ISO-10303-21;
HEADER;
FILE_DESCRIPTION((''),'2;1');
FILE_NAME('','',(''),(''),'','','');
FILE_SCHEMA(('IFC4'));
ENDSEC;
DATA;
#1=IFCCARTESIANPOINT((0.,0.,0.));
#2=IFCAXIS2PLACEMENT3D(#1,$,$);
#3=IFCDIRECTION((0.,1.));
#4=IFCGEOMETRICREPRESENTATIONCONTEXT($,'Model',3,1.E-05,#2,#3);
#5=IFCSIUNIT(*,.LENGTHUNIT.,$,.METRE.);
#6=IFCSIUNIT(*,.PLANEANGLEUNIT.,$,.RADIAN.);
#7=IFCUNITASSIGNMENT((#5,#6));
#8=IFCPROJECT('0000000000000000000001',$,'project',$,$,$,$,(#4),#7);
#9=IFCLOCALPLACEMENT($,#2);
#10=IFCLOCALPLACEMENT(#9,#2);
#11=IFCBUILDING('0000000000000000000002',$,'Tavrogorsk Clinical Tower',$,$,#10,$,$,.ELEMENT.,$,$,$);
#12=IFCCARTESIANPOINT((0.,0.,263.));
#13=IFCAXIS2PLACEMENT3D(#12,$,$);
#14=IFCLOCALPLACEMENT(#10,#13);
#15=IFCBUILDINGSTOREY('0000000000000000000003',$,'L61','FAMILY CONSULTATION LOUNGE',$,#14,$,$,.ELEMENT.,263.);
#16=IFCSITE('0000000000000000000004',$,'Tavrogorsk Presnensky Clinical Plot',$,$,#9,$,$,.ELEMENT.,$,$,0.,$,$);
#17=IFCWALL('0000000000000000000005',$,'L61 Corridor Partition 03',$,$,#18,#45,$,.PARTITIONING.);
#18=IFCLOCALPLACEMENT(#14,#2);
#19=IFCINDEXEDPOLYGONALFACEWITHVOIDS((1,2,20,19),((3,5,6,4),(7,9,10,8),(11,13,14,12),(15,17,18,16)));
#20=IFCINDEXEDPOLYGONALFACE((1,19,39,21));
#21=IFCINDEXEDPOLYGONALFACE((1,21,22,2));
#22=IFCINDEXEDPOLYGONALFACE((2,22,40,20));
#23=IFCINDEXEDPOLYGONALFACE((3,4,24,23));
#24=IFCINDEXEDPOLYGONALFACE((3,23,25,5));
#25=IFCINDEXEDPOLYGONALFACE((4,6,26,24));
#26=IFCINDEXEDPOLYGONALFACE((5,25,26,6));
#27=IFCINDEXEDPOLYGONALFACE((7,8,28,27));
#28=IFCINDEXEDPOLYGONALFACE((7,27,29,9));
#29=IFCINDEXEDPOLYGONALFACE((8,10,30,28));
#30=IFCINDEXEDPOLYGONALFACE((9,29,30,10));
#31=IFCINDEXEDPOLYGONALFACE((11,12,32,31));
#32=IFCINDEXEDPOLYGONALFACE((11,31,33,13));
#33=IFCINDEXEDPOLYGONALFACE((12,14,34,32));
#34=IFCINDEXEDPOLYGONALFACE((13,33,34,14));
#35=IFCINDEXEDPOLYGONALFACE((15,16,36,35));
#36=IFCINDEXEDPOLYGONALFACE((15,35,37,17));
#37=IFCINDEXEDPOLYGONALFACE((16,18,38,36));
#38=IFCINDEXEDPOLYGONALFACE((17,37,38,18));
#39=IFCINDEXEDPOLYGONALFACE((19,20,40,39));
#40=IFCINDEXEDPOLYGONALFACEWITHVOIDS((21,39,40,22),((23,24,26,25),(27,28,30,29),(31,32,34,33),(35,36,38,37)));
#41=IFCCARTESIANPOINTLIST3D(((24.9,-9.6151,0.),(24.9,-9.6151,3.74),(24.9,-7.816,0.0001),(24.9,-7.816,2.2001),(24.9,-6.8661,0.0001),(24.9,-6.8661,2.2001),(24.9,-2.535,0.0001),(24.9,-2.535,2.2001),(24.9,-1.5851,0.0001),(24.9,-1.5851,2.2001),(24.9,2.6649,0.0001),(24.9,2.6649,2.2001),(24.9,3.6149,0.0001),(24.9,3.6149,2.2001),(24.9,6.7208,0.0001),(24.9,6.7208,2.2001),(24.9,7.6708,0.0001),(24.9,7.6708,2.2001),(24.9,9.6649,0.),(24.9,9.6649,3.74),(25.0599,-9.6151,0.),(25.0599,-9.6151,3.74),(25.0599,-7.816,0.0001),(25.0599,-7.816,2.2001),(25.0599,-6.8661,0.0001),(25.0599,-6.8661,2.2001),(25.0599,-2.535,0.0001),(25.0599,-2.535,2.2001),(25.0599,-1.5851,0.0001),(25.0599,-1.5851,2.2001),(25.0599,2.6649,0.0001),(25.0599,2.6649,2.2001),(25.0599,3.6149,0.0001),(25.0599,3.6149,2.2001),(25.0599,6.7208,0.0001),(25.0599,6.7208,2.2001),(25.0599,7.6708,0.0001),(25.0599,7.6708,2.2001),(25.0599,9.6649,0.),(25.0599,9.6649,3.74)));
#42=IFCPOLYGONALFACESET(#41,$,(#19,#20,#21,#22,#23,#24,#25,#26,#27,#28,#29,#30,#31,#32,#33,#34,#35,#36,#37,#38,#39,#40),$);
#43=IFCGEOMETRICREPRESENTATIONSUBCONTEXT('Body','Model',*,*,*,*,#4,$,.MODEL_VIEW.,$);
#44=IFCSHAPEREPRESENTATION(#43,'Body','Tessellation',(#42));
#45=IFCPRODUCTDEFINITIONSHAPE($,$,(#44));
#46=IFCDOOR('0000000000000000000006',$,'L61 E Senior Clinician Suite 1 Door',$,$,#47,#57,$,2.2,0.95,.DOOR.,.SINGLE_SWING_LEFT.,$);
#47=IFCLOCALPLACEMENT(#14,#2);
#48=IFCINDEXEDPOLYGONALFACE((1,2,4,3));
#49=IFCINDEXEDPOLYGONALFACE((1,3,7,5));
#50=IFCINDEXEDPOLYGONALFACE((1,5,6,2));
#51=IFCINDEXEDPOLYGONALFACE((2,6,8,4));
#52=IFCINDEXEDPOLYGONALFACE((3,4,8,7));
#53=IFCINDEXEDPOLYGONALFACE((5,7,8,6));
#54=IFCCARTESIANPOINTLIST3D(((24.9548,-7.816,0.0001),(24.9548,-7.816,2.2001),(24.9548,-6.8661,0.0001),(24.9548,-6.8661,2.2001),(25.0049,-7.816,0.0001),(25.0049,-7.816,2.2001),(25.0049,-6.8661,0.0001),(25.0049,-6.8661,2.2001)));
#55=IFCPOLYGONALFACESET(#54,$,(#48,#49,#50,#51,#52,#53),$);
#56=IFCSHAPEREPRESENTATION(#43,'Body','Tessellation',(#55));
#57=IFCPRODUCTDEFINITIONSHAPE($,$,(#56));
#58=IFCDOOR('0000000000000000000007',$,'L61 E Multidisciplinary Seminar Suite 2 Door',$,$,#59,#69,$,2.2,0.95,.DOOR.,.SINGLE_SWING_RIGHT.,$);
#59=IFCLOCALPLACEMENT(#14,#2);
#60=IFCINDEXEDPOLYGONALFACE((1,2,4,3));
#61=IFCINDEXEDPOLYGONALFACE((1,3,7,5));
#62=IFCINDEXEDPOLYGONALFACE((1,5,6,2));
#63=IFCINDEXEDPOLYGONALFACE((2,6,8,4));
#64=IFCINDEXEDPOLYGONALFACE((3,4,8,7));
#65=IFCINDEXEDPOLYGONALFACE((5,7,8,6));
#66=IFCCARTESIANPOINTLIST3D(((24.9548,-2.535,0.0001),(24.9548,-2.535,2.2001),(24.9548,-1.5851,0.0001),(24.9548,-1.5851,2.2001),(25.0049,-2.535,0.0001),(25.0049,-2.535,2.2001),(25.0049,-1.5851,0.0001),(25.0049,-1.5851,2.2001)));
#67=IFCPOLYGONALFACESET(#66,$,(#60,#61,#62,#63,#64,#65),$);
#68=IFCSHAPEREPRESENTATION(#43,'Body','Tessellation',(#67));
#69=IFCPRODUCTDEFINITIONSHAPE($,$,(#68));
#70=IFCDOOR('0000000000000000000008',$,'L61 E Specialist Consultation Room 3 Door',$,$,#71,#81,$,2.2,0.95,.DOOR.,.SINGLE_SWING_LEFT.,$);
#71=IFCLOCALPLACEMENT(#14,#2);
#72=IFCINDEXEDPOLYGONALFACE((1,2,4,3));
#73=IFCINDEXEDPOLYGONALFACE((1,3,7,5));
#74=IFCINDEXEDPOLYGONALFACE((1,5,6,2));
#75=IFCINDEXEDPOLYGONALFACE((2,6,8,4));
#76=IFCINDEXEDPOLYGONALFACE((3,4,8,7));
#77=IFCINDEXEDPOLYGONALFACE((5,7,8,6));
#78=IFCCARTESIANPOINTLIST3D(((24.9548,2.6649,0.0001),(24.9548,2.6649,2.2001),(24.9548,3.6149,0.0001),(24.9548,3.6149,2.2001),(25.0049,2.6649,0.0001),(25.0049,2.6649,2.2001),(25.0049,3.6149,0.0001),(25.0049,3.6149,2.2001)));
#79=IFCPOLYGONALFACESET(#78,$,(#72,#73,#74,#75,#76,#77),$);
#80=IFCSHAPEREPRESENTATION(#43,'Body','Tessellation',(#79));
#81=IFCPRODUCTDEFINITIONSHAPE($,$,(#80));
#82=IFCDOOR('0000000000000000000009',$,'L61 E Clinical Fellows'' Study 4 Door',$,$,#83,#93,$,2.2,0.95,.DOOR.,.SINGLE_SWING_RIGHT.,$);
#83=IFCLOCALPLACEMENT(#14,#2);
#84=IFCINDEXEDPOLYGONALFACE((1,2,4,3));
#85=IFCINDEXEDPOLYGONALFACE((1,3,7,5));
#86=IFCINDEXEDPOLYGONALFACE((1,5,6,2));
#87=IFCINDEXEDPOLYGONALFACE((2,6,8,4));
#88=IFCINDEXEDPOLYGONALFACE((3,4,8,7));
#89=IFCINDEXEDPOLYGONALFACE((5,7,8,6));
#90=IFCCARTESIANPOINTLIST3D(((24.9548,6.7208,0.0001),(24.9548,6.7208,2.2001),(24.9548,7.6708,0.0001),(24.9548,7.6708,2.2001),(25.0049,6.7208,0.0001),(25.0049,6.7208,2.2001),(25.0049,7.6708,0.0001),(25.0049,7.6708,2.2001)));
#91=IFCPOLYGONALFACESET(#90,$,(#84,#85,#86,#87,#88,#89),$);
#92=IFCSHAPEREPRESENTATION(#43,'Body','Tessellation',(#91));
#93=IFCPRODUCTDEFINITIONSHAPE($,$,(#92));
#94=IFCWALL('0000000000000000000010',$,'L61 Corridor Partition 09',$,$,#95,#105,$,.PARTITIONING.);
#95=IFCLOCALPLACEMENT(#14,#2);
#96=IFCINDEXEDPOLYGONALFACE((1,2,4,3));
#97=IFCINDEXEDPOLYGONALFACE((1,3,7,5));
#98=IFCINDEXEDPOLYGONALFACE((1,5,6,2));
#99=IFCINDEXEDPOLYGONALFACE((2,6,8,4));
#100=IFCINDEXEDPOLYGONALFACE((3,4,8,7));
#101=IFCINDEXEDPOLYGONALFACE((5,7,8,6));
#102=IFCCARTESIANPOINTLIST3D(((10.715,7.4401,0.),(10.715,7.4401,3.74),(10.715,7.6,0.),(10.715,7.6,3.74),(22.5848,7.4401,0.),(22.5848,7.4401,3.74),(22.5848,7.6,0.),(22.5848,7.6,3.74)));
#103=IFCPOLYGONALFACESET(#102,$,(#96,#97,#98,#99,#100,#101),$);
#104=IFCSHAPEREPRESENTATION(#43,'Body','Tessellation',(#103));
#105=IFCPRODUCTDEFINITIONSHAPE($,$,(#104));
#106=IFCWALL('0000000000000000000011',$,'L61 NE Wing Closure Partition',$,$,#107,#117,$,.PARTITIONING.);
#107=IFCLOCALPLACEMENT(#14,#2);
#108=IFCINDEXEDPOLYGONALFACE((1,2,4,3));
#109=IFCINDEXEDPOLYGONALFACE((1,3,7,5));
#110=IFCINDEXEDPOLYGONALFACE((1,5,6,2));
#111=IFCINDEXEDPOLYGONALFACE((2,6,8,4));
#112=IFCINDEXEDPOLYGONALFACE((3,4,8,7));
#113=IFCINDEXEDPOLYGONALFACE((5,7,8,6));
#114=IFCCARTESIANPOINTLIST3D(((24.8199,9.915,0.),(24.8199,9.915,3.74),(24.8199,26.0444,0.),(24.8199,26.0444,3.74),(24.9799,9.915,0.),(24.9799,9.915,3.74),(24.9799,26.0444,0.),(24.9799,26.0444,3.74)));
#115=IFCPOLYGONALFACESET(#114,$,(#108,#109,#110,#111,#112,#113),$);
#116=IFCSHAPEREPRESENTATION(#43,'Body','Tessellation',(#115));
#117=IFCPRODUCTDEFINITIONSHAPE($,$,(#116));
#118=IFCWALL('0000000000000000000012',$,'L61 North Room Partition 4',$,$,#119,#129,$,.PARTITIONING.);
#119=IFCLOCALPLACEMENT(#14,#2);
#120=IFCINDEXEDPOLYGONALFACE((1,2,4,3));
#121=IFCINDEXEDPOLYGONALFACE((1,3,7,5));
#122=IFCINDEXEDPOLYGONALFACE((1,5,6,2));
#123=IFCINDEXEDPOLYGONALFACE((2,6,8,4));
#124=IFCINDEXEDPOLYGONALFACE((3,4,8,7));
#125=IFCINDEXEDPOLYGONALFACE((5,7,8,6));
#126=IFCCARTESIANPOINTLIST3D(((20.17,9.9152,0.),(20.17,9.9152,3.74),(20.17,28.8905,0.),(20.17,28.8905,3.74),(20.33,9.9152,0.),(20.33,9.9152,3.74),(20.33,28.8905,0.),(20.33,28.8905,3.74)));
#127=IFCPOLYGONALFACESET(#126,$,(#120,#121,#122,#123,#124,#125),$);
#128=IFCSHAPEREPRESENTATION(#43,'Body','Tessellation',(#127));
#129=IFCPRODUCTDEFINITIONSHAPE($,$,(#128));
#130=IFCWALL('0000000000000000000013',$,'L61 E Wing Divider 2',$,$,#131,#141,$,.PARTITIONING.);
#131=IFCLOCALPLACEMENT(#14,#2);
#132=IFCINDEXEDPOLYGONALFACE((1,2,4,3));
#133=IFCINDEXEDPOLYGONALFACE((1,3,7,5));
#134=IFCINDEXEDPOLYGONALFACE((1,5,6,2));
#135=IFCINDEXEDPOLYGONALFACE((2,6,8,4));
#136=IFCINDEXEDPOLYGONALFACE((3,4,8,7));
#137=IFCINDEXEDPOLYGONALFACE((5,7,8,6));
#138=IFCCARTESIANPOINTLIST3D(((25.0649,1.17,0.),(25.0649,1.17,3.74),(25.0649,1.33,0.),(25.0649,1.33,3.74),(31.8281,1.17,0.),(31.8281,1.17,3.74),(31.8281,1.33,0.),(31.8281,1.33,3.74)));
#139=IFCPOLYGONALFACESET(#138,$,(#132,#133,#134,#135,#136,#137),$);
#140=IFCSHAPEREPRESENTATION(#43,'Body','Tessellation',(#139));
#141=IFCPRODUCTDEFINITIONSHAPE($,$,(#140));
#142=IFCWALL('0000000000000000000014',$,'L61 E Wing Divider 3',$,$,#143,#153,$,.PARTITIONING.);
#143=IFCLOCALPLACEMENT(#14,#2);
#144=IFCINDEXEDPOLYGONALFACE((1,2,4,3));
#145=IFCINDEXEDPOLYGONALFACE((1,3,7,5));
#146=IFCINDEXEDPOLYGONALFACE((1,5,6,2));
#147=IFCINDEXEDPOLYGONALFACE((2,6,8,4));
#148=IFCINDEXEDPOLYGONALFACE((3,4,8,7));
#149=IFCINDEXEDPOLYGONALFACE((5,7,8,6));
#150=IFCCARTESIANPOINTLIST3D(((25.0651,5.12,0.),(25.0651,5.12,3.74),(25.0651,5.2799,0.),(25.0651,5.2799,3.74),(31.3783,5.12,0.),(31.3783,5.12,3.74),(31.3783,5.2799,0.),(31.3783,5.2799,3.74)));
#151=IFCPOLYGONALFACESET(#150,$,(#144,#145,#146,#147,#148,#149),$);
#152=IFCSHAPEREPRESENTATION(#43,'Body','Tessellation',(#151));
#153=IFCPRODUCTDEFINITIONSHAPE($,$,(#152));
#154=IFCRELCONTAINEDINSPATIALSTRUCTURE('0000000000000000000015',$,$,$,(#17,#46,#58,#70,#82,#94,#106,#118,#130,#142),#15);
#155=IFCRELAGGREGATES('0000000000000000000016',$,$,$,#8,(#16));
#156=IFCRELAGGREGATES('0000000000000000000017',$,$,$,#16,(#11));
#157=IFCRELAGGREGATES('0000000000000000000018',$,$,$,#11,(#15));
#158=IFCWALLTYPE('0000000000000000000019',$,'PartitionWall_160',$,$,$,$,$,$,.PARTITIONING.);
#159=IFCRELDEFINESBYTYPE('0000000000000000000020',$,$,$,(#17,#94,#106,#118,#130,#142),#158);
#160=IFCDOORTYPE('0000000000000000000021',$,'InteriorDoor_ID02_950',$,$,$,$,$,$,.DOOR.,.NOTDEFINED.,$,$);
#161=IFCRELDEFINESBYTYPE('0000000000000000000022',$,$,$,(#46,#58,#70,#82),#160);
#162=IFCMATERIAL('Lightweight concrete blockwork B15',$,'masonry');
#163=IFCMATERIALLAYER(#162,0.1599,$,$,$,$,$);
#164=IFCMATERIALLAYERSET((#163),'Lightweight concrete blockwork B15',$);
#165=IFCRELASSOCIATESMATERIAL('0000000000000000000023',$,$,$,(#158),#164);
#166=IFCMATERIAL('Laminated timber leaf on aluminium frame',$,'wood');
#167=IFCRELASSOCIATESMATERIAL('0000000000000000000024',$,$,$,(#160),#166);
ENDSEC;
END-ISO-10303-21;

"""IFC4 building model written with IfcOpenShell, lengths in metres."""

from ifc_helpers import new_model, si_unit, direction, frame, frame_2d, origin, place, context, subcontext, project, spatial, rectangle, extrude, material, layer, layer_set, type_object, element, fill, save


model = new_model("IFC4")

# Units and contexts
model_context = context("Model", 3, precision=1e-05, world=origin(), true_north=direction((0.0, 1.0)))
body_context = subcontext(model_context, "Body", "Model", "MODEL_VIEW")
ifc_project = project(units=[si_unit("LENGTHUNIT", "METRE"), si_unit("PLANEANGLEUNIT", "RADIAN")], contexts=[model_context])

# Site, building, storey
site_placement = place(None, origin())
site = spatial("IfcSite", under=ifc_project, at=site_placement, Name="Tavrogorsk Presnensky Clinical Plot", CompositionType="ELEMENT", RefElevation=0.0)
building_placement = place(site_placement, origin())
building = spatial("IfcBuilding", under=site, at=building_placement, Name="Tavrogorsk Clinical Tower", CompositionType="ELEMENT")
storey_placement = place(building_placement, frame((0.0, 0.0, 263.0)))
storey = spatial("IfcBuildingStorey", under=building, at=storey_placement, Name="L61", Description="FAMILY CONSULTATION LOUNGE", CompositionType="ELEMENT", Elevation=263.0)

# Wall, openings, doors
ifc_material_1 = material(Name="Lightweight concrete blockwork B15", Category="masonry")
ifc_layer_1 = layer(ifc_material_1, 0.1599)
ifc_layer_set_1 = layer_set([ifc_layer_1], Name="Lightweight concrete blockwork B15")
wall_type_1 = type_object("IfcWallType", Name="PartitionWall_160", PredefinedType="PARTITIONING", material=ifc_layer_set_1)
wall_1_placement = place(storey_placement, frame((24.98, 9.665, 0.0), z_axis=(0.0, 0.0, 1.0), x_axis=(0.0, -1.0, 0.0)))
wall_1 = element("IfcWall", 1, at=wall_1_placement, inside=storey, type_object=wall_type_1, Name="L61 Corridor Partition 03", PredefinedType="PARTITIONING", context=body_context, shape_type="SweptSolid", body=[
    extrude(rectangle(XDim=19.28, YDim=0.1599, at=frame_2d((9.6401, 0.0))), origin(), (0.0, 0.0, 1.0), 3.74),
])
opening_1_placement = place(wall_1_placement, frame((16.531, 0.0, 0.0)))
opening_1 = element("IfcOpeningElement", 2, at=opening_1_placement, cuts=wall_1, PredefinedType="OPENING", context=body_context, shape_type="SweptSolid", body=[
    extrude(rectangle(XDim=0.95, YDim=2.2, at=frame_2d((0.4751, 1.1001))), frame((0.0, 0.0898, 0.0), z_axis=(0.0, -1.0, 0.0), x_axis=(1.0, 0.0, 0.0)), (0.0, 0.0, 1.0), 0.1799),
])
opening_2_placement = place(wall_1_placement, frame((11.25, 0.0, 0.0)))
opening_2 = element("IfcOpeningElement", 3, at=opening_2_placement, cuts=wall_1, PredefinedType="OPENING", context=body_context, shape_type="SweptSolid", body=[
    extrude(rectangle(XDim=0.95, YDim=2.2, at=frame_2d((0.4751, 1.1001))), frame((0.0, 0.0898, 0.0), z_axis=(0.0, -1.0, 0.0), x_axis=(1.0, 0.0, 0.0)), (0.0, 0.0, 1.0), 0.1799),
])
opening_3_placement = place(wall_1_placement, frame((6.05, 0.0, 0.0)))
opening_3 = element("IfcOpeningElement", 4, at=opening_3_placement, cuts=wall_1, PredefinedType="OPENING", context=body_context, shape_type="SweptSolid", body=[
    extrude(rectangle(XDim=0.95, YDim=2.2, at=frame_2d((0.4751, 1.1001))), frame((0.0, 0.0898, 0.0), z_axis=(0.0, -1.0, 0.0), x_axis=(1.0, 0.0, 0.0)), (0.0, 0.0, 1.0), 0.1799),
])
opening_4_placement = place(wall_1_placement, frame((1.9941, 0.0, 0.0)))
opening_4 = element("IfcOpeningElement", 5, at=opening_4_placement, cuts=wall_1, PredefinedType="OPENING", context=body_context, shape_type="SweptSolid", body=[
    extrude(rectangle(XDim=0.95, YDim=2.2, at=frame_2d((0.4751, 1.1001))), frame((0.0, 0.0898, 0.0), z_axis=(0.0, -1.0, 0.0), x_axis=(1.0, 0.0, 0.0)), (0.0, 0.0, 1.0), 0.1799),
])
ifc_material_2 = material(Name="Laminated timber leaf on aluminium frame", Category="wood")
door_type_1 = type_object("IfcDoorType", Name="InteriorDoor_ID02_950", OperationType="NOTDEFINED", PredefinedType="DOOR", material=ifc_material_2)
door_1_placement = place(opening_1_placement, origin())
door_1 = element("IfcDoor", 6, at=door_1_placement, inside=storey, type_object=door_type_1, Name="L61 E Senior Clinician Suite 1 Door", OperationType="SINGLE_SWING_LEFT", OverallHeight=2.2, OverallWidth=0.95, PredefinedType="DOOR", context=body_context, shape_type="SweptSolid", body=[
    extrude(rectangle(XDim=0.95, YDim=2.2, at=frame_2d((0.4751, 1.1001))), frame((0.0, 0.0249, 0.0), z_axis=(0.0, -1.0, 0.0), x_axis=(1.0, 0.0, 0.0)), (0.0, 0.0, 1.0), 0.05),
])
fill(opening_1, door_1)
door_2_placement = place(opening_2_placement, origin())
door_2 = element("IfcDoor", 7, at=door_2_placement, inside=storey, type_object=door_type_1, Name="L61 E Multidisciplinary Seminar Suite 2 Door", OperationType="SINGLE_SWING_RIGHT", OverallHeight=2.2, OverallWidth=0.95, PredefinedType="DOOR", context=body_context, shape_type="SweptSolid", body=[
    extrude(rectangle(XDim=0.95, YDim=2.2, at=frame_2d((0.4751, 1.1001))), frame((0.0, 0.0249, 0.0), z_axis=(0.0, -1.0, 0.0), x_axis=(1.0, 0.0, 0.0)), (0.0, 0.0, 1.0), 0.05),
])
fill(opening_2, door_2)
door_3_placement = place(opening_3_placement, origin())
door_3 = element("IfcDoor", 8, at=door_3_placement, inside=storey, type_object=door_type_1, Name="L61 E Specialist Consultation Room 3 Door", OperationType="SINGLE_SWING_LEFT", OverallHeight=2.2, OverallWidth=0.95, PredefinedType="DOOR", context=body_context, shape_type="SweptSolid", body=[
    extrude(rectangle(XDim=0.95, YDim=2.2, at=frame_2d((0.4751, 1.1001))), frame((0.0, 0.0249, 0.0), z_axis=(0.0, -1.0, 0.0), x_axis=(1.0, 0.0, 0.0)), (0.0, 0.0, 1.0), 0.05),
])
fill(opening_3, door_3)
door_4_placement = place(opening_4_placement, origin())
door_4 = element("IfcDoor", 9, at=door_4_placement, inside=storey, type_object=door_type_1, Name="L61 E Clinical Fellows' Study 4 Door", OperationType="SINGLE_SWING_RIGHT", OverallHeight=2.2, OverallWidth=0.95, PredefinedType="DOOR", context=body_context, shape_type="SweptSolid", body=[
    extrude(rectangle(XDim=0.95, YDim=2.2, at=frame_2d((0.4751, 1.1001))), frame((0.0, 0.0249, 0.0), z_axis=(0.0, -1.0, 0.0), x_axis=(1.0, 0.0, 0.0)), (0.0, 0.0, 1.0), 0.05),
])
fill(opening_4, door_4)

# Walls
wall_2_placement = place(storey_placement, frame((22.585, 7.52, 0.0), z_axis=(0.0, 0.0, 1.0), x_axis=(-1.0, 0.0, 0.0)))
element("IfcWall", 10, at=wall_2_placement, inside=storey, type_object=wall_type_1, Name="L61 Corridor Partition 09", PredefinedType="PARTITIONING", context=body_context, shape_type="SweptSolid", body=[
    extrude(rectangle(XDim=11.8699, YDim=0.1599, at=frame_2d((5.9351, 0.0))), origin(), (0.0, 0.0, 1.0), 3.74),
])
wall_3_placement = place(storey_placement, frame((24.8999, 9.915, 0.0), z_axis=(0.0, 0.0, 1.0), x_axis=(0.0, 1.0, 0.0)))
element("IfcWall", 11, at=wall_3_placement, inside=storey, type_object=wall_type_1, Name="L61 NE Wing Closure Partition", PredefinedType="PARTITIONING", context=body_context, shape_type="SweptSolid", body=[
    extrude(rectangle(XDim=16.1294, YDim=0.1599, at=frame_2d((8.0647, 0.0))), origin(), (0.0, 0.0, 1.0), 3.74),
])
wall_4_placement = place(storey_placement, frame((20.25, 9.915, 0.0), z_axis=(0.0, 0.0, 1.0), x_axis=(0.0, 1.0, 0.0)))
element("IfcWall", 12, at=wall_4_placement, inside=storey, type_object=wall_type_1, Name="L61 North Room Partition 4", PredefinedType="PARTITIONING", context=body_context, shape_type="SweptSolid", body=[
    extrude(rectangle(XDim=18.9753, YDim=0.1599, at=frame_2d((9.4878, 0.0))), origin(), (0.0, 0.0, 1.0), 3.74),
])
wall_5_placement = place(storey_placement, frame((25.0649, 1.25, 0.0), z_axis=(0.0, 0.0, 1.0), x_axis=(1.0, 0.0, 0.0)))
element("IfcWall", 13, at=wall_5_placement, inside=storey, type_object=wall_type_1, Name="L61 E Wing Divider 2", PredefinedType="PARTITIONING", context=body_context, shape_type="SweptSolid", body=[
    extrude(rectangle(XDim=6.7632, YDim=0.1599, at=frame_2d((3.3816, 0.0))), origin(), (0.0, 0.0, 1.0), 3.74),
])
wall_6_placement = place(storey_placement, frame((25.0649, 5.2, 0.0), z_axis=(0.0, 0.0, 1.0), x_axis=(1.0, 0.0, 0.0)))
element("IfcWall", 14, at=wall_6_placement, inside=storey, type_object=wall_type_1, Name="L61 E Wing Divider 3", PredefinedType="PARTITIONING", context=body_context, shape_type="SweptSolid", body=[
    extrude(rectangle(XDim=6.3132, YDim=0.1599, at=frame_2d((3.1567, 0.0))), origin(), (0.0, 0.0, 1.0), 3.74),
])

save(model, "model.ifc")
